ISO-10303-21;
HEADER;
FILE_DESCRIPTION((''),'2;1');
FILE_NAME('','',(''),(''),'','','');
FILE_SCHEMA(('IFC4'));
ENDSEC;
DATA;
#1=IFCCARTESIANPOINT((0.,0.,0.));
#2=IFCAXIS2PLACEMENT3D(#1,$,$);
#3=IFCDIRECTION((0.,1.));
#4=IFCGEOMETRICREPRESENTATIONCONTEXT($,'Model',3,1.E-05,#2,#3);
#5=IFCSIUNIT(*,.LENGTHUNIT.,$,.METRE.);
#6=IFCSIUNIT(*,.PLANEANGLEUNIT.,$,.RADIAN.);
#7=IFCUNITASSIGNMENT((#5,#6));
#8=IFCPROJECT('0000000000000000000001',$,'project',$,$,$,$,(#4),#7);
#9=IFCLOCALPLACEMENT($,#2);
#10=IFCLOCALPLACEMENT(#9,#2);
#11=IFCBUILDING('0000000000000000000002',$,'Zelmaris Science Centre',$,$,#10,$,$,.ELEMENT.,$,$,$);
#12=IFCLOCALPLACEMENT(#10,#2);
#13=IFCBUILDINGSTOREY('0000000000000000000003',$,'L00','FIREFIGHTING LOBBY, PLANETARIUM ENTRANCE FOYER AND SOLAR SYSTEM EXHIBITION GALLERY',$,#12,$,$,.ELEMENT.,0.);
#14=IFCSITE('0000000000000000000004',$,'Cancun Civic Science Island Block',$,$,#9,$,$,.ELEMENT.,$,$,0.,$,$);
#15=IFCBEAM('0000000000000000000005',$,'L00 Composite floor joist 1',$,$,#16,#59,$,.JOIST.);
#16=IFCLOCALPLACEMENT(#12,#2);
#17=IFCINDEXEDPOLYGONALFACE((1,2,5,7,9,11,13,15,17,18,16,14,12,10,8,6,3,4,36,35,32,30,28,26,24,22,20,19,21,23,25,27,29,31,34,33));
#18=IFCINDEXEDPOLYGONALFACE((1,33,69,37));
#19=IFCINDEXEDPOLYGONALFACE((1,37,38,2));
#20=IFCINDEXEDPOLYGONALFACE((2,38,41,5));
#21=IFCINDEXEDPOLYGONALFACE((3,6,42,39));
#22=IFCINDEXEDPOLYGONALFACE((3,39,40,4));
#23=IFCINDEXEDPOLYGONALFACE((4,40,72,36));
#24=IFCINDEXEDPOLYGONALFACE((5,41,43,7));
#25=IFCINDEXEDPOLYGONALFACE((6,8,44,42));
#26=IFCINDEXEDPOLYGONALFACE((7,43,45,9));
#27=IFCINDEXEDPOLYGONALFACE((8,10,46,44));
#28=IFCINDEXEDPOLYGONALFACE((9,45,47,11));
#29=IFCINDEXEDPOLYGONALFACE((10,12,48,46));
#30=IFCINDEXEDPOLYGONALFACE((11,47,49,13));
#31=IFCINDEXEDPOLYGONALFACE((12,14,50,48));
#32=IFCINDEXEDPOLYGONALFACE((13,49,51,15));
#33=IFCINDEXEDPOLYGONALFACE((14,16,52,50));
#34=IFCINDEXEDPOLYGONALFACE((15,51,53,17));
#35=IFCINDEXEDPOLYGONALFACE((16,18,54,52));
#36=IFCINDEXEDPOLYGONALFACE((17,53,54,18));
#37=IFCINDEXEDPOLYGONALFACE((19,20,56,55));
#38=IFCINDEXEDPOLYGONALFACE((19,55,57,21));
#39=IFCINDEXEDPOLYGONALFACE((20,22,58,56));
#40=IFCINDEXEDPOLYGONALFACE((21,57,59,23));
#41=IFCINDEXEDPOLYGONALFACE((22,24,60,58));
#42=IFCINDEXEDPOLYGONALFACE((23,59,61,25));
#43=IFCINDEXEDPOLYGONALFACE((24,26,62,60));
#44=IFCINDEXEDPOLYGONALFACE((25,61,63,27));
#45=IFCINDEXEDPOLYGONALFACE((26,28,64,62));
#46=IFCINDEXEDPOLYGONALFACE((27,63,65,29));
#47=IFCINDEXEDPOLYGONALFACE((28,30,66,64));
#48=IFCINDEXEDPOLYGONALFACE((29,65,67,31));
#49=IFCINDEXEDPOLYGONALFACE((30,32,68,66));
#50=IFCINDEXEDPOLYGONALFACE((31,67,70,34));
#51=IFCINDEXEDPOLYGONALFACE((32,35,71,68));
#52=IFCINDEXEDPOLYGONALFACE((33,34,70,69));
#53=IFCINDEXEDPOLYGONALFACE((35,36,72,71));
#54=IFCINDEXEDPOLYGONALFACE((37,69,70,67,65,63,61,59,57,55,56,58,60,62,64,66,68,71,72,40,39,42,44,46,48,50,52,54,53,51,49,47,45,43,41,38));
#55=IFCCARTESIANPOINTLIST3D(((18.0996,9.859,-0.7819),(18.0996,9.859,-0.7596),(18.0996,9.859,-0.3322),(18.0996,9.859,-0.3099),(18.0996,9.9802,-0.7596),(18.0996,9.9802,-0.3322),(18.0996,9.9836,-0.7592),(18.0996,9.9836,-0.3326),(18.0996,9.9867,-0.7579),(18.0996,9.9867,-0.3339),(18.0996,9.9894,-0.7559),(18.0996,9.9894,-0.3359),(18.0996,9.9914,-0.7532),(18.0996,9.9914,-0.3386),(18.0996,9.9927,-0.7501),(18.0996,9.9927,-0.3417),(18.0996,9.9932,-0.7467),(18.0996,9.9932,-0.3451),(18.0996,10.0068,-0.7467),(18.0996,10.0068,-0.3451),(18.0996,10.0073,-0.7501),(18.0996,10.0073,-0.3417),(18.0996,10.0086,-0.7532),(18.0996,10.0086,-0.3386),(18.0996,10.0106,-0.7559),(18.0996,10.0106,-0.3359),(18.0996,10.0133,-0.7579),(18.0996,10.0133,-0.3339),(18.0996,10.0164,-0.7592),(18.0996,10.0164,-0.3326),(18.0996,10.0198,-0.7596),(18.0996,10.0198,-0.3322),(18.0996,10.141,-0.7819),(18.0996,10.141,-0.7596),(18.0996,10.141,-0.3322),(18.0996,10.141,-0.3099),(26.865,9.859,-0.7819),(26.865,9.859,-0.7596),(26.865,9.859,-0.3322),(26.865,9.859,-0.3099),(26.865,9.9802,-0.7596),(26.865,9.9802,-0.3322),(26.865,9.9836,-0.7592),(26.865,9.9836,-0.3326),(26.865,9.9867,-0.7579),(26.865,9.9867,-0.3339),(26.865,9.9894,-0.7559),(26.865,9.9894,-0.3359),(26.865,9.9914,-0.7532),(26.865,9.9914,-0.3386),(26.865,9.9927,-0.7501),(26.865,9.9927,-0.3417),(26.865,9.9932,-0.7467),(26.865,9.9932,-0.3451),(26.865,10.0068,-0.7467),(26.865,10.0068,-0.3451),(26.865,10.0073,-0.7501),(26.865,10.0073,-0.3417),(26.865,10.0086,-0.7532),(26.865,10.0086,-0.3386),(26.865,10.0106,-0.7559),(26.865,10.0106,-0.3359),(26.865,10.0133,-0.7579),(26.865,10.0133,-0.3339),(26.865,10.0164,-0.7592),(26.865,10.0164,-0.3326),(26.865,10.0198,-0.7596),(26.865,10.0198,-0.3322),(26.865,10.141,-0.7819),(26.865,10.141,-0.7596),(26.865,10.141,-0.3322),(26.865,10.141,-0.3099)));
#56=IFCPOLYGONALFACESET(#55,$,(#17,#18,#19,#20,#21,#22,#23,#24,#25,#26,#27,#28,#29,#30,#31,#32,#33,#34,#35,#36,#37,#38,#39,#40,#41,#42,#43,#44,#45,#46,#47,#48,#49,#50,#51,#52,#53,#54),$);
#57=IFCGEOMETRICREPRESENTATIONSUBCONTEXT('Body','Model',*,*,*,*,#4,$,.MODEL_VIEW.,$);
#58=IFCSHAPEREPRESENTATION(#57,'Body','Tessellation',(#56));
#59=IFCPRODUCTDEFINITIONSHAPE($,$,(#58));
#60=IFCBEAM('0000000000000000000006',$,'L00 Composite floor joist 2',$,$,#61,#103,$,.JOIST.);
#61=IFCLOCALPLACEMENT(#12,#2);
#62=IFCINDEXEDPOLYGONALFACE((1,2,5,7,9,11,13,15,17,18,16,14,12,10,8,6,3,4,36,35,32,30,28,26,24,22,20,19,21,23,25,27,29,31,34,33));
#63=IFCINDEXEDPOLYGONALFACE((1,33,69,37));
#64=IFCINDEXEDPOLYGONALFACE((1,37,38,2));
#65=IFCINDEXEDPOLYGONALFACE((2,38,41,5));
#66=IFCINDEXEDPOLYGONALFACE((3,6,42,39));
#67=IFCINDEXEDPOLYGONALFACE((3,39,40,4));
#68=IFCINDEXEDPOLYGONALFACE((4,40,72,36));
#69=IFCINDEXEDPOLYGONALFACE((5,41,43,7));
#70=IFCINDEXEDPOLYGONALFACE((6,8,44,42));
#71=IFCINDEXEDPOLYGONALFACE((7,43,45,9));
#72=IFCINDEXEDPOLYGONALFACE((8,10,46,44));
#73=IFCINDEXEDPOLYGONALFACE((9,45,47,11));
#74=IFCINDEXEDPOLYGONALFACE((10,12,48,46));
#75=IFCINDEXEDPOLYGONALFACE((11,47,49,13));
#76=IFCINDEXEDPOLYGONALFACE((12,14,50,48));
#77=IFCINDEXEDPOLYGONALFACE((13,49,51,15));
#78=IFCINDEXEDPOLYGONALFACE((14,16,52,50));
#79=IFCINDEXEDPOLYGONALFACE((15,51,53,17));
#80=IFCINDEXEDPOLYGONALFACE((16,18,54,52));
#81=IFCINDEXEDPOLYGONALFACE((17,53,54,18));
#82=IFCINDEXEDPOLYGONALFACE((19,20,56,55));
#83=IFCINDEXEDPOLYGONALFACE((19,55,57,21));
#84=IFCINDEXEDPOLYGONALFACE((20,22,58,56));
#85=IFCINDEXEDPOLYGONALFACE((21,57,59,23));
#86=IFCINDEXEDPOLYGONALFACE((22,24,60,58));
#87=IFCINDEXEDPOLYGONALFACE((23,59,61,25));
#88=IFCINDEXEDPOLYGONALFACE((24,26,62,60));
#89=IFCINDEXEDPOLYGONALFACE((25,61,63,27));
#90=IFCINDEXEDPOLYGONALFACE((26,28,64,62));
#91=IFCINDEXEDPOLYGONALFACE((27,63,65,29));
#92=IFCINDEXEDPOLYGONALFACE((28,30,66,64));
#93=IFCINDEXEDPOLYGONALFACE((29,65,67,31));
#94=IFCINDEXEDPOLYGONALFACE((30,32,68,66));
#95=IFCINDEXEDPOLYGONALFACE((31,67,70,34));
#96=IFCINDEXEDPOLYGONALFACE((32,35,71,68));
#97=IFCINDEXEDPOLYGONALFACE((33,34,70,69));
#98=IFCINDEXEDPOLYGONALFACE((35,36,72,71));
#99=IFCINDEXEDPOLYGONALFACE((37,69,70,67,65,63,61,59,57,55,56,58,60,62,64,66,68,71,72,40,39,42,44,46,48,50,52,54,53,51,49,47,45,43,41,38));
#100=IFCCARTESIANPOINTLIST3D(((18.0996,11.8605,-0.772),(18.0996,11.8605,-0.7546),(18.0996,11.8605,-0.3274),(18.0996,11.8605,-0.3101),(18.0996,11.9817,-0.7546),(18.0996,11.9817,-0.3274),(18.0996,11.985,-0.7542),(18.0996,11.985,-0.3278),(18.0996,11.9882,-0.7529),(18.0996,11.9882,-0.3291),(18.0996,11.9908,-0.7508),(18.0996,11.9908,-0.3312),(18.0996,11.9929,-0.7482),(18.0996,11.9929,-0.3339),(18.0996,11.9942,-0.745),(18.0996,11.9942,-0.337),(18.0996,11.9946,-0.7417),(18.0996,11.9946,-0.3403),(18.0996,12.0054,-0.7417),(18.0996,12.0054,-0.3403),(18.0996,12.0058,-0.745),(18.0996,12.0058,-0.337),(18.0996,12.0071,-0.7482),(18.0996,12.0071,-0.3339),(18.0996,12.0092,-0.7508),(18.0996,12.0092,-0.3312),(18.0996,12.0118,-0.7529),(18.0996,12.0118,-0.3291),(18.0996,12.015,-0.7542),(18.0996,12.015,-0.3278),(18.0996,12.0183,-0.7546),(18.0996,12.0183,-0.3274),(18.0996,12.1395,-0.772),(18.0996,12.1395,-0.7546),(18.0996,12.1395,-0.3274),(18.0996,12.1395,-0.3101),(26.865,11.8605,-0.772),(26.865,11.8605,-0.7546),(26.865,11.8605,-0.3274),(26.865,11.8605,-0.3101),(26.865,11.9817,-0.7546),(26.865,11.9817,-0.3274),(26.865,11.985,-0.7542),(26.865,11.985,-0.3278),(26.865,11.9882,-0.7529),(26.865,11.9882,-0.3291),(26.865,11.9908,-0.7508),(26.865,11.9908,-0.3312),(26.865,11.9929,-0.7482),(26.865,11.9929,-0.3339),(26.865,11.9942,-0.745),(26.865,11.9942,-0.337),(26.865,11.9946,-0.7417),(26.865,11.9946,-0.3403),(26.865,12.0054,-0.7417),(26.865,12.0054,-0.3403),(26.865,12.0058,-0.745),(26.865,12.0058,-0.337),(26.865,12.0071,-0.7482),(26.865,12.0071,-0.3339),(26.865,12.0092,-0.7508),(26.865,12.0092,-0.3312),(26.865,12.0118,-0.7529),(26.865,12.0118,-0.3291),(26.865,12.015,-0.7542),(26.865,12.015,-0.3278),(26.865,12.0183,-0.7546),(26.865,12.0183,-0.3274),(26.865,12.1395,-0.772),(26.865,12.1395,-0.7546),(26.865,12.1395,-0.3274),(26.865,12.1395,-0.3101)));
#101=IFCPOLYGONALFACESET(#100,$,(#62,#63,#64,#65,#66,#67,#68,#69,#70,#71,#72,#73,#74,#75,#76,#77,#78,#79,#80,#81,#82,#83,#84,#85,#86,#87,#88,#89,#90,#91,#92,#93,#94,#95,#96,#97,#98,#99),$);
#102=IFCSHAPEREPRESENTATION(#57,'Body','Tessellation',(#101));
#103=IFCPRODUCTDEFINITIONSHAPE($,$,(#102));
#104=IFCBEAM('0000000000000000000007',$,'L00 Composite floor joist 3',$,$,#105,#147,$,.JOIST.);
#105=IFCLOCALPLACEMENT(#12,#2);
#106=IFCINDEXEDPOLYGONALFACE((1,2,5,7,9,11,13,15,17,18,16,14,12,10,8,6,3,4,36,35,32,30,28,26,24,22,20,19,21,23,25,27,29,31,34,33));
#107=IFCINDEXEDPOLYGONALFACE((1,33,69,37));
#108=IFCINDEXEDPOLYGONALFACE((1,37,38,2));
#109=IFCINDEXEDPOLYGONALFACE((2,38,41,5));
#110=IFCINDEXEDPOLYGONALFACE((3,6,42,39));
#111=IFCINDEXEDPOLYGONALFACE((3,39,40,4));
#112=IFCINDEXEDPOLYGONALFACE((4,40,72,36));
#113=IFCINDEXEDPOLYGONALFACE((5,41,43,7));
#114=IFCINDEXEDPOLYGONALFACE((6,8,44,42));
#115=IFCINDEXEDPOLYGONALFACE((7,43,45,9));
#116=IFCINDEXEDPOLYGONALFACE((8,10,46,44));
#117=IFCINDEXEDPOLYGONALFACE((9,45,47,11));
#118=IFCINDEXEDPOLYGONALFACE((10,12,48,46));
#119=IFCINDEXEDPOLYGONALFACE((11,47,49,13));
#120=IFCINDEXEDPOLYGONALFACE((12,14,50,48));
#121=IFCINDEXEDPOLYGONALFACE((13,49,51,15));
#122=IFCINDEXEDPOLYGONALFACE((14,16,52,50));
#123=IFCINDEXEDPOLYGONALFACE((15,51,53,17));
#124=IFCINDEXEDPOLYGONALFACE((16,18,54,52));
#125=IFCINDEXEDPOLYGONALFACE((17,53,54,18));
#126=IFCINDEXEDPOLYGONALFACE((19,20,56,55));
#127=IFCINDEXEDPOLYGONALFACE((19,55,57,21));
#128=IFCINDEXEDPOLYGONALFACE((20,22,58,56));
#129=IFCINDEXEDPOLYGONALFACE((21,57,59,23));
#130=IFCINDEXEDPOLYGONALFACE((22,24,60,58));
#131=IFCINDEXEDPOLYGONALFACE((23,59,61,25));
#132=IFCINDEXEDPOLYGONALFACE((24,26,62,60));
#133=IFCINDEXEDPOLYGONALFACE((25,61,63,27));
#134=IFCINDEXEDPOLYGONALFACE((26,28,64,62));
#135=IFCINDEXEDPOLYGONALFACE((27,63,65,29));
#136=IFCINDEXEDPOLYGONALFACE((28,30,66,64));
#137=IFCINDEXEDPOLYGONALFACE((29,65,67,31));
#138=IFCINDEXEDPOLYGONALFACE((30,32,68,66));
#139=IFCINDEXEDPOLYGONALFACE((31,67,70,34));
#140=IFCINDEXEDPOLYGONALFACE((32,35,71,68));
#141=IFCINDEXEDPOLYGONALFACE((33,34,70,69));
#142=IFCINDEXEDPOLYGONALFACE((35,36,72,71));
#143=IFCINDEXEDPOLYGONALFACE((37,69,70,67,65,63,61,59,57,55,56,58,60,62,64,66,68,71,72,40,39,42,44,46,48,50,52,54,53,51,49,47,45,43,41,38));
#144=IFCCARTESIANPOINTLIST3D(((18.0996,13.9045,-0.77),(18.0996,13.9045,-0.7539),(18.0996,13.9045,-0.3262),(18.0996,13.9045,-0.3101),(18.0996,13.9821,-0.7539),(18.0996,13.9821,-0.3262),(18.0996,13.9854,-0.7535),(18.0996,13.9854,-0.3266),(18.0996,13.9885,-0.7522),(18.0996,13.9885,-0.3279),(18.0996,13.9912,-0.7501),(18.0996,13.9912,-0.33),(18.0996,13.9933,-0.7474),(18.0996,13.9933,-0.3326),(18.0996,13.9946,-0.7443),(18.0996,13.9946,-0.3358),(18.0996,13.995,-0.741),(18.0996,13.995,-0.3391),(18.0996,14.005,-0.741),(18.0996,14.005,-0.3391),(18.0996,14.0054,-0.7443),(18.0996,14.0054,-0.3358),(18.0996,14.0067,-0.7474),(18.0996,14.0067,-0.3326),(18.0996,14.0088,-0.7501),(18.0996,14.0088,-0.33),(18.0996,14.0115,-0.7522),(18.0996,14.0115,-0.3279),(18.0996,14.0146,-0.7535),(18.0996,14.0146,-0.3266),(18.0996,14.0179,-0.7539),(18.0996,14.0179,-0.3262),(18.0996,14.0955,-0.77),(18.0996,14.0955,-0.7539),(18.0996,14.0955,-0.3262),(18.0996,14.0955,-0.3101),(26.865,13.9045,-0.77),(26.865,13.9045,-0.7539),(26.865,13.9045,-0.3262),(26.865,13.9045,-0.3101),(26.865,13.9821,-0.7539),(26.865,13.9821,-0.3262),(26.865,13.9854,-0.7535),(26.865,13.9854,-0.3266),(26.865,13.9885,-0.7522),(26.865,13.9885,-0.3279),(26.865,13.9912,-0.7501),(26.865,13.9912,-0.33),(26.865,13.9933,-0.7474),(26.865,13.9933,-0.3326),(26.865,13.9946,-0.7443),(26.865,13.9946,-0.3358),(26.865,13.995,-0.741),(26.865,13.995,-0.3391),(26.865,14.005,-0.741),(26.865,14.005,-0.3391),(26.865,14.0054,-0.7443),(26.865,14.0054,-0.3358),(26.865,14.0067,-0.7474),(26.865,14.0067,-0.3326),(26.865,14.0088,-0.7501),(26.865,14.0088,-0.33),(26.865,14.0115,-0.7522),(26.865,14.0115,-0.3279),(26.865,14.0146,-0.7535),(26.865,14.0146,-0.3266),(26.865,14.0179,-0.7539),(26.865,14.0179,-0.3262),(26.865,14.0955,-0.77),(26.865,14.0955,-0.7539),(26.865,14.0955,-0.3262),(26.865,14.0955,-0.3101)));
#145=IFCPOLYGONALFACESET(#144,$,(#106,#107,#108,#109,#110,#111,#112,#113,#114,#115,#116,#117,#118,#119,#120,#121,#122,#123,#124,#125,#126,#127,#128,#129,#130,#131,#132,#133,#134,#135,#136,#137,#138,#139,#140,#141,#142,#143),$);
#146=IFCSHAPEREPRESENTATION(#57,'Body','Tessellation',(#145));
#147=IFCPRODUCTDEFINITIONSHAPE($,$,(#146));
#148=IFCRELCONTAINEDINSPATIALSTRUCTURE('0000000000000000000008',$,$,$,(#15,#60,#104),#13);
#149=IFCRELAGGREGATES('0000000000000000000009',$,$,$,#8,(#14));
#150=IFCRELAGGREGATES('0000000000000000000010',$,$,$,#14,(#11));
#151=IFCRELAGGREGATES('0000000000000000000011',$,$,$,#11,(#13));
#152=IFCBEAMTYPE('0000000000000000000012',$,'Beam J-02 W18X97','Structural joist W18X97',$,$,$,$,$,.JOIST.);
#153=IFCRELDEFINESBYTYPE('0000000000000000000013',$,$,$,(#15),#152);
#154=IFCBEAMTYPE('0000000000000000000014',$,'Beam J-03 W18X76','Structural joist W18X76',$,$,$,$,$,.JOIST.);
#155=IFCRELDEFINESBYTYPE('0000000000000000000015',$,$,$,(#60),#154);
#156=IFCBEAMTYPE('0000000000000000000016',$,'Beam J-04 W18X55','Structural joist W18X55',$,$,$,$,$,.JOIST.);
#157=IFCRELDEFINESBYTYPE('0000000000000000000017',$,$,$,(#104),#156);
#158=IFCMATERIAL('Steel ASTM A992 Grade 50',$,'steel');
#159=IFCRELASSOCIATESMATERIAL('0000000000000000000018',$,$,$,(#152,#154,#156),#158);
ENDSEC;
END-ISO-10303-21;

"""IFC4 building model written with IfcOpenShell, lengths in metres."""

from ifc_helpers import new_model, si_unit, direction, frame, origin, origin_2d, place, context, subcontext, project, spatial, i_section, extrude, material, material_profile, profile_set, type_object, element, save


model = new_model("IFC4")

# Units and contexts
model_context = context("Model", 3, precision=1e-05, world=origin(), true_north=direction((0.0, 1.0)))
body_context = subcontext(model_context, "Body", "Model", "MODEL_VIEW")
ifc_project = project(units=[si_unit("LENGTHUNIT", "METRE"), si_unit("PLANEANGLEUNIT", "RADIAN")], contexts=[model_context])

# Site, building, storey
site_placement = place(None, origin())
site = spatial("IfcSite", under=ifc_project, at=site_placement, Name="Cancun Civic Science Island Block", CompositionType="ELEMENT", RefElevation=0.0)
building_placement = place(site_placement, origin())
building = spatial("IfcBuilding", under=site, at=building_placement, Name="Zelmaris Science Centre", CompositionType="ELEMENT")
storey_placement = place(building_placement, origin())
storey = spatial("IfcBuildingStorey", under=building, at=storey_placement, Name="L00", Description="FIREFIGHTING LOBBY, PLANETARIUM ENTRANCE FOYER AND SOLAR SYSTEM EXHIBITION GALLERY", CompositionType="ELEMENT", Elevation=0.0)

# Shared definitions
ifc_material_1 = material(Name="Steel ASTM A992 Grade 50", Category="steel")

# Beams
ifc_material_profile_1 = material_profile(ifc_material_1, i_section(OverallWidth=0.282, OverallDepth=0.4719, WebThickness=0.0137, FlangeThickness=0.0222, FilletRadius=0.0129, at=origin_2d()), Name="W18X97")
ifc_profile_set_1 = profile_set([ifc_material_profile_1], Name="Steel ASTM A992 Grade 50")
beam_type_1 = type_object("IfcBeamType", Name="Beam J-02 W18X97", Description="Structural joist W18X97", PredefinedType="JOIST", material=ifc_profile_set_1)
beam_1_placement = place(storey_placement, frame((18.0996, 10.0, -0.5459), z_axis=(1.0, 0.0, 0.0), x_axis=(0.0, 1.0, 0.0)))
element("IfcBeam", 1, at=beam_1_placement, inside=storey, type_object=beam_type_1, Name="L00 Composite floor joist 1", PredefinedType="JOIST", context=body_context, shape_type="SweptSolid", body=[
    extrude(i_section(OverallWidth=0.282, OverallDepth=0.4719, WebThickness=0.0137, FlangeThickness=0.0222, FilletRadius=0.0129, at=origin_2d()), origin(), (0.0, 0.0, 1.0), 8.7654),
])
ifc_material_profile_2 = material_profile(ifc_material_1, i_section(OverallWidth=0.2791, OverallDepth=0.4619, WebThickness=0.0107, FlangeThickness=0.0173, FilletRadius=0.0129, at=origin_2d()), Name="W18X76")
ifc_profile_set_2 = profile_set([ifc_material_profile_2], Name="Steel ASTM A992 Grade 50")
beam_type_2 = type_object("IfcBeamType", Name="Beam J-03 W18X76", Description="Structural joist W18X76", PredefinedType="JOIST", material=ifc_profile_set_2)
beam_2_placement = place(storey_placement, frame((18.0996, 12.0, -0.541), z_axis=(1.0, 0.0, 0.0), x_axis=(0.0, 1.0, 0.0)))
element("IfcBeam", 2, at=beam_2_placement, inside=storey, type_object=beam_type_2, Name="L00 Composite floor joist 2", PredefinedType="JOIST", context=body_context, shape_type="SweptSolid", body=[
    extrude(i_section(OverallWidth=0.2791, OverallDepth=0.4619, WebThickness=0.0107, FlangeThickness=0.0173, FilletRadius=0.0129, at=origin_2d()), origin(), (0.0, 0.0, 1.0), 8.7654),
])
ifc_material_profile_3 = material_profile(ifc_material_1, i_section(OverallWidth=0.1909, OverallDepth=0.46, WebThickness=0.01, FlangeThickness=0.0161, FilletRadius=0.0129, at=origin_2d()), Name="W18X55")
ifc_profile_set_3 = profile_set([ifc_material_profile_3], Name="Steel ASTM A992 Grade 50")
beam_type_3 = type_object("IfcBeamType", Name="Beam J-04 W18X55", Description="Structural joist W18X55", PredefinedType="JOIST", material=ifc_profile_set_3)
beam_3_placement = place(storey_placement, frame((18.0996, 14.0, -0.54), z_axis=(1.0, 0.0, 0.0), x_axis=(0.0, 1.0, 0.0)))
element("IfcBeam", 3, at=beam_3_placement, inside=storey, type_object=beam_type_3, Name="L00 Composite floor joist 3", PredefinedType="JOIST", context=body_context, shape_type="SweptSolid", body=[
    extrude(i_section(OverallWidth=0.1909, OverallDepth=0.46, WebThickness=0.01, FlangeThickness=0.0161, FilletRadius=0.0129, at=origin_2d()), origin(), (0.0, 0.0, 1.0), 8.7654),
])

save(model, "model.ifc")
